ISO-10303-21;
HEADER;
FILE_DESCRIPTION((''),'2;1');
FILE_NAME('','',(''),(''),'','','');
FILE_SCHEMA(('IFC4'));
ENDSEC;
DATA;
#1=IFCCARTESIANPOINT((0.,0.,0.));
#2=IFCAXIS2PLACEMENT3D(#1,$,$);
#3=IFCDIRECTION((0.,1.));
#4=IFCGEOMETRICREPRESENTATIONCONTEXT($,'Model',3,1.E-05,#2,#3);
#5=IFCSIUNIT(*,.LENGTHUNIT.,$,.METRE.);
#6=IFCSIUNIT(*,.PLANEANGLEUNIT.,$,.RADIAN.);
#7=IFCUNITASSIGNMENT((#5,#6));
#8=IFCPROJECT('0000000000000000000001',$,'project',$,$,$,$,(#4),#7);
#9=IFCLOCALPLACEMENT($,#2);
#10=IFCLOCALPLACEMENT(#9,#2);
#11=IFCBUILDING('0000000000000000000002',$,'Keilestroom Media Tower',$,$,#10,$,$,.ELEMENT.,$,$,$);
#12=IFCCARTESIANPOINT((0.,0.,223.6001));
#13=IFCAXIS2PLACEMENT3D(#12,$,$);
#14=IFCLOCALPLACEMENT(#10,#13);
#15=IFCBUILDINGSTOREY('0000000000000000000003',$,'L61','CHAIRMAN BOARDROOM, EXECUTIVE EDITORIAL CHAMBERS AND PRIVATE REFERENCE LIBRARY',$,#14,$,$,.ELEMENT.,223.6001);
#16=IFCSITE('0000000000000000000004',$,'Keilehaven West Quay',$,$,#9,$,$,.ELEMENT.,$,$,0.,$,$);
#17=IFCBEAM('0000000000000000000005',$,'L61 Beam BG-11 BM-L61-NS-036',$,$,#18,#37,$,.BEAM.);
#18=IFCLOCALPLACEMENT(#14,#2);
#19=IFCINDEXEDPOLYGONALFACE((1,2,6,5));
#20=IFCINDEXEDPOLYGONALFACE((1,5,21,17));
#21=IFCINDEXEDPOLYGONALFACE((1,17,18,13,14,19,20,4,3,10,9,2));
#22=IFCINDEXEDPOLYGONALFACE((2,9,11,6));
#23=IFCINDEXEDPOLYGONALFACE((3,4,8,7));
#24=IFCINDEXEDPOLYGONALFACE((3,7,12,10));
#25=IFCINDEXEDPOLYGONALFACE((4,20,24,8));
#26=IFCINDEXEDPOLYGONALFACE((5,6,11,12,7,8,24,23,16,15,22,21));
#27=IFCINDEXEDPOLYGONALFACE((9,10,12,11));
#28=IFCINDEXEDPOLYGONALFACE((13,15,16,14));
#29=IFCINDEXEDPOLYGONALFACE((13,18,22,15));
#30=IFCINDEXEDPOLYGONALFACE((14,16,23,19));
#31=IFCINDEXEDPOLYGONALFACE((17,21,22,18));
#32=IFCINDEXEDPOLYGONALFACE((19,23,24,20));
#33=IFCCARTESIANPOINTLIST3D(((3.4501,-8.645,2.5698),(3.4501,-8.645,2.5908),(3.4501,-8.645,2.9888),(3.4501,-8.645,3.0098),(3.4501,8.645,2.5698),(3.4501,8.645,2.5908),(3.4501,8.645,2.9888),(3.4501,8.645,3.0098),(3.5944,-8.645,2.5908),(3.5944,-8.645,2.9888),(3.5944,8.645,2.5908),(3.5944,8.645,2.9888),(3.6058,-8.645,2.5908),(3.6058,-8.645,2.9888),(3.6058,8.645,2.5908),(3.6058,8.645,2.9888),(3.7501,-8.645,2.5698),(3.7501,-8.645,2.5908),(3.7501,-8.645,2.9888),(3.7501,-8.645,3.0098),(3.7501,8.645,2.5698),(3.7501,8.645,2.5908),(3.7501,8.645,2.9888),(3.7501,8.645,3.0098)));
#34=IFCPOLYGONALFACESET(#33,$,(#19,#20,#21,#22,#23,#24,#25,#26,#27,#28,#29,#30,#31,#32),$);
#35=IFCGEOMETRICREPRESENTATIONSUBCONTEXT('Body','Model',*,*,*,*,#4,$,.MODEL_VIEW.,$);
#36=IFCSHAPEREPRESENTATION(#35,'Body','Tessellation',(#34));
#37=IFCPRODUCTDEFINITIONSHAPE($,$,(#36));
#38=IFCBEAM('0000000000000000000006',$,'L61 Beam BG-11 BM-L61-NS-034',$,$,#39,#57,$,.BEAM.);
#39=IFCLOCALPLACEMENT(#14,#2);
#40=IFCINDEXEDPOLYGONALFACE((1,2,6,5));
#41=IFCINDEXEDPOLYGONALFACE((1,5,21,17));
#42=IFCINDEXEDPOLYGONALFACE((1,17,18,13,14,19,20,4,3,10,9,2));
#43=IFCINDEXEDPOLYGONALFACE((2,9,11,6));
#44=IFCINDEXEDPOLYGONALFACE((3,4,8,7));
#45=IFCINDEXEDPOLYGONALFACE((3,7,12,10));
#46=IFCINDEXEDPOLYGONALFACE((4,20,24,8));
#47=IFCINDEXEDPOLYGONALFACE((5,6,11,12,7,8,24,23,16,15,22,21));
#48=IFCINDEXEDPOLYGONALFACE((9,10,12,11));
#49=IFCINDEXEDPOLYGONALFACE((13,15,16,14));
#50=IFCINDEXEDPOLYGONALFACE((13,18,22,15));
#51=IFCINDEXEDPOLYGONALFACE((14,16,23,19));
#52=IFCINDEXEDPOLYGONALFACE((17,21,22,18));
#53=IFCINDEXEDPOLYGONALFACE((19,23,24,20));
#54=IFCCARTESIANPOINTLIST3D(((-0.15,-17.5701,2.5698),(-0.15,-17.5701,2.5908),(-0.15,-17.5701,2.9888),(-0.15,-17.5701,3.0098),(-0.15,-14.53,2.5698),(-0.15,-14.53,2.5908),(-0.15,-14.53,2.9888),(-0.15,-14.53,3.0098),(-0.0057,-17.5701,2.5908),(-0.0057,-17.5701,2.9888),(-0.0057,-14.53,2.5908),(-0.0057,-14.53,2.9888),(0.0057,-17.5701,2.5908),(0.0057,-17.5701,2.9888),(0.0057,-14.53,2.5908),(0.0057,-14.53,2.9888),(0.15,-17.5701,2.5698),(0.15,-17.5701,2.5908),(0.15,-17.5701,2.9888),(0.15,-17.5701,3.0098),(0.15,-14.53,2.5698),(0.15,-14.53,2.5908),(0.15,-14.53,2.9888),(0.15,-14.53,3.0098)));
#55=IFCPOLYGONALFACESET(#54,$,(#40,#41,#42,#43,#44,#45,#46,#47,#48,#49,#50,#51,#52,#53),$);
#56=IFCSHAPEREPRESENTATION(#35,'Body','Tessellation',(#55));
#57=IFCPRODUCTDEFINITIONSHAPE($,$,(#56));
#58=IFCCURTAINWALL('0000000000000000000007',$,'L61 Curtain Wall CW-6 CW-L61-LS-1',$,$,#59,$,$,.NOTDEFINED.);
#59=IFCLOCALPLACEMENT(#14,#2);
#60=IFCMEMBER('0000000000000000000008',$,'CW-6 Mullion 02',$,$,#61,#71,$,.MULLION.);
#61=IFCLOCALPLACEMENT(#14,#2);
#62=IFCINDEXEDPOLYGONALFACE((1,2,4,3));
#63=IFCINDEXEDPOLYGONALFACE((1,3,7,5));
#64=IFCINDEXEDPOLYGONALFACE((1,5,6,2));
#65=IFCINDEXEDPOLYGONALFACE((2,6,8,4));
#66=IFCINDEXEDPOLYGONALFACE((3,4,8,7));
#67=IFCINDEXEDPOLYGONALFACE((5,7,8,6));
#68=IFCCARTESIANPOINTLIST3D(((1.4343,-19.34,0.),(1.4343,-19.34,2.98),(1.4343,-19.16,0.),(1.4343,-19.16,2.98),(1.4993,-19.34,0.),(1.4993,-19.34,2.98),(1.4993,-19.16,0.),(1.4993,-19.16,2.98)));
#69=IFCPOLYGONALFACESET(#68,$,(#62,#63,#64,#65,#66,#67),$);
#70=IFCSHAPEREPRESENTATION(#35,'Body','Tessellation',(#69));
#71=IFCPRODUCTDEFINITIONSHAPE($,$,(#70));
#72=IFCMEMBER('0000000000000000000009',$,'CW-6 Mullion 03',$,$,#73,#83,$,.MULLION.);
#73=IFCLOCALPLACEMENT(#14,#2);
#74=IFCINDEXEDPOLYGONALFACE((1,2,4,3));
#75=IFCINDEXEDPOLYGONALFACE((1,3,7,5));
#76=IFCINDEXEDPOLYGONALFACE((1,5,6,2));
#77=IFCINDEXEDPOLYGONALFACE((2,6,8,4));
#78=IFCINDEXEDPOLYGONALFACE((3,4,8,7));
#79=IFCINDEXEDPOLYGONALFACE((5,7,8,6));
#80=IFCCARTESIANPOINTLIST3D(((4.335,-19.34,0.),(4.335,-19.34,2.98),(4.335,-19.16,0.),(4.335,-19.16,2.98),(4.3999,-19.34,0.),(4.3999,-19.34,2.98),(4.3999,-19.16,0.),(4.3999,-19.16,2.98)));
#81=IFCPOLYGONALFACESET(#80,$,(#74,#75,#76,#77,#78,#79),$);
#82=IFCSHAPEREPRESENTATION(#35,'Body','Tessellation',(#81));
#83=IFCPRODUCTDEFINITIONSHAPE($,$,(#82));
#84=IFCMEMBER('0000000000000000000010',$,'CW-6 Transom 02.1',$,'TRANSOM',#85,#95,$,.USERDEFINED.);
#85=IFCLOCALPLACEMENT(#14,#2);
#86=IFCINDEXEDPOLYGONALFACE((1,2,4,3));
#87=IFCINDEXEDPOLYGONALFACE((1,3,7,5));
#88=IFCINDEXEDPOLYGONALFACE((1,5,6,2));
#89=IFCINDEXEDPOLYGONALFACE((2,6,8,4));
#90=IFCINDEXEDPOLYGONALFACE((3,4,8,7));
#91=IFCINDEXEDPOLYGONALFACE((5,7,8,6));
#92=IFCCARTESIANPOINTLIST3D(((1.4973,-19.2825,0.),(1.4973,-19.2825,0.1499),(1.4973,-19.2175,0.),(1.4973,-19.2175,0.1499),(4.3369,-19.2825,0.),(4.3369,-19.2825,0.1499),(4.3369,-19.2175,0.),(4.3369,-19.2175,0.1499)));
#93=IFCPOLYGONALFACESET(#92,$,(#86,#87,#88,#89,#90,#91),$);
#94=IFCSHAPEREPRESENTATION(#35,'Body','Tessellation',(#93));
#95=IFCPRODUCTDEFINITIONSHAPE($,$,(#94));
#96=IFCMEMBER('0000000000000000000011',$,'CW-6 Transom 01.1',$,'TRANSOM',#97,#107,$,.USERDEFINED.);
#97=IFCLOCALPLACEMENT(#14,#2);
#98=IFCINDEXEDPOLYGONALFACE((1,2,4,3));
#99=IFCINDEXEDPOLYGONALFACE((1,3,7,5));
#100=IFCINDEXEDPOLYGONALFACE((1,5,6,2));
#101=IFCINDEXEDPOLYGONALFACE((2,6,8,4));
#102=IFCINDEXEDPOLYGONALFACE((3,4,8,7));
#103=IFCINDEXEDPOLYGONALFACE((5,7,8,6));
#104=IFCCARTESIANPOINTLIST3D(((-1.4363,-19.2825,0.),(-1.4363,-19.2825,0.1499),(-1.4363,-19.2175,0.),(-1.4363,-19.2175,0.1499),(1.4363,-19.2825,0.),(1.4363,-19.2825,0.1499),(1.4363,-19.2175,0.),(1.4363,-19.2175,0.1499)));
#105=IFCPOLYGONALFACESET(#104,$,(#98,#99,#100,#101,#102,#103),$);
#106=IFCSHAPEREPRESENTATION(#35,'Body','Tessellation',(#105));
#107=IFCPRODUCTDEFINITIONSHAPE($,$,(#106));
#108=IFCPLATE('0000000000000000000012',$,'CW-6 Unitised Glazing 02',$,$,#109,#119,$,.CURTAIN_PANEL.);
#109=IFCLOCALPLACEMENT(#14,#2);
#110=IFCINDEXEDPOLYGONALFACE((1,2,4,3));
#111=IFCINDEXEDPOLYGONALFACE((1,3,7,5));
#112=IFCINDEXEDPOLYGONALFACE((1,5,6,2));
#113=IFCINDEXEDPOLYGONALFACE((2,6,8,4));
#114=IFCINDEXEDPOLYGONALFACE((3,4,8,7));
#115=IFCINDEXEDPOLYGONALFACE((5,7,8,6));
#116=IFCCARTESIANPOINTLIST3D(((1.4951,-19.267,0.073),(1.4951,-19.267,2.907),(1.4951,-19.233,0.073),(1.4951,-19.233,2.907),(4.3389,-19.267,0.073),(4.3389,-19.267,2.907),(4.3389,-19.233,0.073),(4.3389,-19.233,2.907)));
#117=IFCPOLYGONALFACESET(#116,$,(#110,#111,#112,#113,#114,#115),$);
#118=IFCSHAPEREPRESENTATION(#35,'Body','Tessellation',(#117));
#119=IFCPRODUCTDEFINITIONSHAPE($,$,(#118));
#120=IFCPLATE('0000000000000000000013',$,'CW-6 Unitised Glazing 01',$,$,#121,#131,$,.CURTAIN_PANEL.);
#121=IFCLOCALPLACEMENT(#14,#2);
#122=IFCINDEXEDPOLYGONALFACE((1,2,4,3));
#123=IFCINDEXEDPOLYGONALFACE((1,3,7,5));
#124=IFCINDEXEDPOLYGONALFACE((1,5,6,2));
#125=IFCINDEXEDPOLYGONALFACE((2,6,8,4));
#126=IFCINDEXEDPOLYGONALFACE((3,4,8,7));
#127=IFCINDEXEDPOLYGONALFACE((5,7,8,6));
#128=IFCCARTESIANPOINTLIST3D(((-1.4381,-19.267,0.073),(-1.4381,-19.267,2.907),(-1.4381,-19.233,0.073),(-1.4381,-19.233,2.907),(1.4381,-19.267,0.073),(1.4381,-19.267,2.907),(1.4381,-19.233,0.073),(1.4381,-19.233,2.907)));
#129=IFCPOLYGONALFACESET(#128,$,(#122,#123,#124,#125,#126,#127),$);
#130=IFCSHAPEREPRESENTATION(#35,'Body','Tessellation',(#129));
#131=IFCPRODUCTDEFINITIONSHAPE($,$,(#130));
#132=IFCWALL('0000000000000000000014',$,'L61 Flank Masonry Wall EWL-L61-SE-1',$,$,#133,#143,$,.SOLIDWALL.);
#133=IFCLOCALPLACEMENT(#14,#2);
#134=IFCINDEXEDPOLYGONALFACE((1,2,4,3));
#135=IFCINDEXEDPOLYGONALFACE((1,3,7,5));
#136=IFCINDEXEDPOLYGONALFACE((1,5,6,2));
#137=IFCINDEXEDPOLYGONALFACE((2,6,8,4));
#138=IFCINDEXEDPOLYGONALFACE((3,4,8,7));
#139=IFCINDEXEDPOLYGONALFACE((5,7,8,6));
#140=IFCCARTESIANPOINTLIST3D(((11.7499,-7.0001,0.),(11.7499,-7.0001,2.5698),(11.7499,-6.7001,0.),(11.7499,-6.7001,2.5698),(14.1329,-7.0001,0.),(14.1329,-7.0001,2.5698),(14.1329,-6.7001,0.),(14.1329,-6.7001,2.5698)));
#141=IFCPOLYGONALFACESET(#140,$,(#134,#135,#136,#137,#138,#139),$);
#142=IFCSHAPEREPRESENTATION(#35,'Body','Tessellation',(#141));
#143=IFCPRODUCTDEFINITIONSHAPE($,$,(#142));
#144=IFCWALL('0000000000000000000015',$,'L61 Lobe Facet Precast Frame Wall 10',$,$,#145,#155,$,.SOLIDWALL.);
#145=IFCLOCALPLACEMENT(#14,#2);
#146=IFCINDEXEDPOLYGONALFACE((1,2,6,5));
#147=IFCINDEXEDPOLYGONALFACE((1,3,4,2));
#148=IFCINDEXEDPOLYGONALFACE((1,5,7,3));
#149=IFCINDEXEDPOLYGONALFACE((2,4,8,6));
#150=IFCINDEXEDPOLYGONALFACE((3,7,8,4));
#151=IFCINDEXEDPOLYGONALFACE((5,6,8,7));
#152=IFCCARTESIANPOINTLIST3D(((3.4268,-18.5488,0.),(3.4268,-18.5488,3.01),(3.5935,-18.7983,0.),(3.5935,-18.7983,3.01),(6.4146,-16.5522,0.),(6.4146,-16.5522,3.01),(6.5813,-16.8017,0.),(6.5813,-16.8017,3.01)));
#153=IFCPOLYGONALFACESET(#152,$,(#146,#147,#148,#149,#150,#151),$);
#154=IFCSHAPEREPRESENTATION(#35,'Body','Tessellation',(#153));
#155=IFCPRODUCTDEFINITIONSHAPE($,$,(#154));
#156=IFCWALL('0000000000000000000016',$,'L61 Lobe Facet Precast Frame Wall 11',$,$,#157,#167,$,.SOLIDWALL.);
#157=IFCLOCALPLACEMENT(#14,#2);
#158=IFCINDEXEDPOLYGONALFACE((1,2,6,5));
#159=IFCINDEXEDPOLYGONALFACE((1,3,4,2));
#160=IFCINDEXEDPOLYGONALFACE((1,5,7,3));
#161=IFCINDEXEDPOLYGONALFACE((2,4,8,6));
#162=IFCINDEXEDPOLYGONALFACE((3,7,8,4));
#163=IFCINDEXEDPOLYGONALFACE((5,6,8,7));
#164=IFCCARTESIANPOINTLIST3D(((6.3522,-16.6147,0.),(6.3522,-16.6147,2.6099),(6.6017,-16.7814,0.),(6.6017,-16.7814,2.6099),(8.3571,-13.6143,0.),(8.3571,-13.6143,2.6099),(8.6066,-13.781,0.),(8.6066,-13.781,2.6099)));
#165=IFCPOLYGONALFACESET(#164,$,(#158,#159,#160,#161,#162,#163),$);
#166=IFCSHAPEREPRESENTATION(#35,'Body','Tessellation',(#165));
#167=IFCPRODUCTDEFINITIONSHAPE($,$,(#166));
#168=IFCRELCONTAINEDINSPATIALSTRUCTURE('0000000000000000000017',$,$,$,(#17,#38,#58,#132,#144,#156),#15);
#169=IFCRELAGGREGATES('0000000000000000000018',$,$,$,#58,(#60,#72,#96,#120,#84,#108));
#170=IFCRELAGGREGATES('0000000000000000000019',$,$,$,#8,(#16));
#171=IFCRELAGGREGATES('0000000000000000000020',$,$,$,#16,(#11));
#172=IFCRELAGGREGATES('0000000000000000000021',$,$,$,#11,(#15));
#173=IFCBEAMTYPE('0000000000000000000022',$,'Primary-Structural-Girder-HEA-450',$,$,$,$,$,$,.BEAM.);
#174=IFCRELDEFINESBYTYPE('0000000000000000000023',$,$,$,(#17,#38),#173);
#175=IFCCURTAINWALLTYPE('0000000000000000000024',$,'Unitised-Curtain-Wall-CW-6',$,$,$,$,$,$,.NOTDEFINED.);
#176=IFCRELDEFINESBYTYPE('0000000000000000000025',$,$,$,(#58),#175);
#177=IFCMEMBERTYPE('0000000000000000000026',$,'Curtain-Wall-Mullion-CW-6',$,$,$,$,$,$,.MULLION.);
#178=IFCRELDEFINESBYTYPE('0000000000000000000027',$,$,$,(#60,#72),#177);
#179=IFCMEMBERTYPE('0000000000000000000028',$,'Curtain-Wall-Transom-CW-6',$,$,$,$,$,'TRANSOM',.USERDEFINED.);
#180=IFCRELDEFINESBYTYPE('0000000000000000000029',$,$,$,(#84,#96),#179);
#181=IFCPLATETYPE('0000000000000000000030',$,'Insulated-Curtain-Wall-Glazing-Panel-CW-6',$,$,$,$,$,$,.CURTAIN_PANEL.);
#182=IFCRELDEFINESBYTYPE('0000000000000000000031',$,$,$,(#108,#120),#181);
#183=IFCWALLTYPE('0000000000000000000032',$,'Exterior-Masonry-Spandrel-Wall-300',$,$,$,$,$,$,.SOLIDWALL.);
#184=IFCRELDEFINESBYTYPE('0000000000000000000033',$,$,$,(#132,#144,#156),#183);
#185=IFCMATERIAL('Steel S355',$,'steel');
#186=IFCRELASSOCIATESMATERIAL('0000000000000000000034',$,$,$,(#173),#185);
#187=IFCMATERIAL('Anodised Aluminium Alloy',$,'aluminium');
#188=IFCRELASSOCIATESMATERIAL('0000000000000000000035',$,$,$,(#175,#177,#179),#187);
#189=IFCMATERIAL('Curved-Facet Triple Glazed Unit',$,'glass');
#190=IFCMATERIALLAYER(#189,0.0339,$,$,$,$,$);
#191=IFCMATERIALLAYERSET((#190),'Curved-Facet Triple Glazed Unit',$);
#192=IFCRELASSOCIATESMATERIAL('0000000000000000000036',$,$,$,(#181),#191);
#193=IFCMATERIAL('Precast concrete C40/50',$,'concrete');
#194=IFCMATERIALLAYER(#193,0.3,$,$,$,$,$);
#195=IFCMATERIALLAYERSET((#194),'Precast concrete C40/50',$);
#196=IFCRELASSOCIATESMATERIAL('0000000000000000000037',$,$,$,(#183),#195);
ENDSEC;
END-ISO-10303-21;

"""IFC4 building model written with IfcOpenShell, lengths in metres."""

from ifc_helpers import new_model, si_unit, direction, frame, frame_2d, origin, origin_2d, place, context, subcontext, project, spatial, rectangle, i_section, extrude, source, transform, mapped, material, layer, layer_set, material_profile, profile_set, type_object, element, aggregate, save


model = new_model("IFC4")

# Units and contexts
model_context = context("Model", 3, precision=1e-05, world=origin(), true_north=direction((0.0, 1.0)))
body_context = subcontext(model_context, "Body", "Model", "MODEL_VIEW")
ifc_project = project(units=[si_unit("LENGTHUNIT", "METRE"), si_unit("PLANEANGLEUNIT", "RADIAN")], contexts=[model_context])

# Site, building, storey
site_placement = place(None, origin())
site = spatial("IfcSite", under=ifc_project, at=site_placement, Name="Keilehaven West Quay", CompositionType="ELEMENT", RefElevation=0.0)
building_placement = place(site_placement, origin())
building = spatial("IfcBuilding", under=site, at=building_placement, Name="Keilestroom Media Tower", CompositionType="ELEMENT")
storey_placement = place(building_placement, frame((0.0, 0.0, 223.6001)))
storey = spatial("IfcBuildingStorey", under=building, at=storey_placement, Name="L61", Description="CHAIRMAN BOARDROOM, EXECUTIVE EDITORIAL CHAMBERS AND PRIVATE REFERENCE LIBRARY", CompositionType="ELEMENT", Elevation=223.6001)

# Shared definitions
ifc_material_1 = material(Name="Precast concrete C40/50", Category="concrete")
ifc_material_2 = material(Name="Steel S355", Category="steel")

# Beams
ifc_material_profile_1 = material_profile(ifc_material_2, i_section(OverallWidth=0.3, OverallDepth=0.4399, WebThickness=0.0115, FlangeThickness=0.021, at=origin_2d()), Name="HEA 450")
ifc_profile_set_1 = profile_set([ifc_material_profile_1], Name="Steel S355")
beam_type_1 = type_object("IfcBeamType", Name="Primary-Structural-Girder-HEA-450", PredefinedType="BEAM", material=ifc_profile_set_1)
shared_shape_1 = source(origin(), body_context, "Body", "SweptSolid", [
    extrude(i_section(OverallWidth=0.3, OverallDepth=0.4399, WebThickness=0.0115, FlangeThickness=0.021, at=origin_2d()), origin(), (0.0, 0.0, 1.0), 17.29),
])
beam_1_placement = place(storey_placement, frame((3.6001, -8.645, 2.7898), z_axis=(0.0, 1.0, 0.0), x_axis=(-1.0, 0.0, 0.0)))
element("IfcBeam", 1, at=beam_1_placement, inside=storey, type_object=beam_type_1, Name="L61 Beam BG-11 BM-L61-NS-036", PredefinedType="BEAM", context=body_context, shape_type="MappedRepresentation", body=[
    mapped(shared_shape_1, transform((0.0, 0.0, 0.0), x_axis=(1.0, 0.0, 0.0), y_axis=(0.0, 1.0, 0.0), z_axis=(0.0, 0.0, 1.0), scale=1.0)),
])
shared_shape_2 = source(origin(), body_context, "Body", "SweptSolid", [
    extrude(i_section(OverallWidth=0.3, OverallDepth=0.4399, WebThickness=0.0115, FlangeThickness=0.021, at=origin_2d()), origin(), (0.0, 0.0, 1.0), 3.04),
])
beam_2_placement = place(storey_placement, frame((0.0, -17.5701, 2.7898), z_axis=(0.0, 1.0, 0.0), x_axis=(-1.0, 0.0, 0.0)))
element("IfcBeam", 2, at=beam_2_placement, inside=storey, type_object=beam_type_1, Name="L61 Beam BG-11 BM-L61-NS-034", PredefinedType="BEAM", context=body_context, shape_type="MappedRepresentation", body=[
    mapped(shared_shape_2, transform((0.0, 0.0, 0.0), x_axis=(1.0, 0.0, 0.0), y_axis=(0.0, 1.0, 0.0), z_axis=(0.0, 0.0, 1.0), scale=1.0)),
])

# Curtain wall, members, plates
ifc_material_3 = material(Name="Anodised Aluminium Alloy", Category="aluminium")
curtain_wall_type = type_object("IfcCurtainWallType", Name="Unitised-Curtain-Wall-CW-6", PredefinedType="NOTDEFINED", material=ifc_material_3)
curtain_wall_placement = place(storey_placement, origin())
curtain_wall = element("IfcCurtainWall", 3, at=curtain_wall_placement, inside=storey, type_object=curtain_wall_type, Name="L61 Curtain Wall CW-6 CW-L61-LS-1", PredefinedType="NOTDEFINED")
ifc_material_profile_2 = material_profile(ifc_material_3, rectangle(XDim=0.0649, YDim=0.1799, at=origin_2d()), Name="ALU MULLION 65x180")
ifc_profile_set_2 = profile_set([ifc_material_profile_2], Name="Anodised Aluminium Alloy")
member_type_1 = type_object("IfcMemberType", Name="Curtain-Wall-Mullion-CW-6", PredefinedType="MULLION", material=ifc_profile_set_2)
shared_shape_3 = source(origin(), body_context, "Body", "SweptSolid", [
    extrude(rectangle(XDim=0.0649, YDim=0.1799, at=origin_2d()), origin(), (0.0, 0.0, 1.0), 2.98),
])
member_1_placement = place(storey_placement, frame((1.4668, -19.25, 0.0), z_axis=(0.0, 0.0, 1.0), x_axis=(1.0, 0.0, 0.0)))
member_1 = element("IfcMember", 4, at=member_1_placement, type_object=member_type_1, Name="CW-6 Mullion 02", PredefinedType="MULLION", context=body_context, shape_type="MappedRepresentation", body=[
    mapped(shared_shape_3, transform((0.0, 0.0, 0.0), x_axis=(1.0, 0.0, 0.0), y_axis=(0.0, 1.0, 0.0), z_axis=(0.0, 0.0, 1.0), scale=1.0)),
])
member_2_placement = place(storey_placement, frame((4.3674, -19.25, 0.0), z_axis=(0.0, 0.0, 1.0), x_axis=(1.0, 0.0, 0.0)))
member_2 = element("IfcMember", 5, at=member_2_placement, type_object=member_type_1, Name="CW-6 Mullion 03", PredefinedType="MULLION", context=body_context, shape_type="MappedRepresentation", body=[
    mapped(shared_shape_3, transform((0.0, 0.0, 0.0), x_axis=(1.0, 0.0, 0.0), y_axis=(0.0, 1.0, 0.0), z_axis=(0.0, 0.0, 1.0), scale=1.0)),
])
ifc_material_profile_3 = material_profile(ifc_material_3, rectangle(XDim=0.0649, YDim=0.1499, at=origin_2d()), Name="ALU TRANSOM 65x150")
ifc_profile_set_3 = profile_set([ifc_material_profile_3], Name="Anodised Aluminium Alloy")
member_type_2 = type_object("IfcMemberType", Name="Curtain-Wall-Transom-CW-6", ElementType="TRANSOM", PredefinedType="USERDEFINED", material=ifc_profile_set_3)
shared_shape_4 = source(origin(), body_context, "Body", "SweptSolid", [
    extrude(rectangle(XDim=0.0649, YDim=0.1499, at=origin_2d()), origin(), (0.0, 0.0, 1.0), 2.8396),
])
member_3_placement = place(storey_placement, frame((1.4973, -19.25, 0.075), z_axis=(1.0, 0.0, 0.0), x_axis=(0.0, 1.0, 0.0)))
member_3 = element("IfcMember", 6, at=member_3_placement, type_object=member_type_2, Name="CW-6 Transom 02.1", ObjectType="TRANSOM", PredefinedType="USERDEFINED", context=body_context, shape_type="MappedRepresentation", body=[
    mapped(shared_shape_4, transform((0.0, 0.0, 0.0), x_axis=(1.0, 0.0, 0.0), y_axis=(0.0, 1.0, 0.0), z_axis=(0.0, 0.0, 1.0), scale=1.0)),
])
shared_shape_5 = source(origin(), body_context, "Body", "SweptSolid", [
    extrude(rectangle(XDim=0.0649, YDim=0.1499, at=origin_2d()), origin(), (0.0, 0.0, 1.0), 2.8726),
])
member_4_placement = place(storey_placement, frame((-1.4363, -19.25, 0.075), z_axis=(1.0, 0.0, 0.0), x_axis=(0.0, 1.0, 0.0)))
member_4 = element("IfcMember", 7, at=member_4_placement, type_object=member_type_2, Name="CW-6 Transom 01.1", ObjectType="TRANSOM", PredefinedType="USERDEFINED", context=body_context, shape_type="MappedRepresentation", body=[
    mapped(shared_shape_5, transform((0.0, 0.0, 0.0), x_axis=(1.0, 0.0, 0.0), y_axis=(0.0, 1.0, 0.0), z_axis=(0.0, 0.0, 1.0), scale=1.0)),
])
ifc_material_4 = material(Name="Curved-Facet Triple Glazed Unit", Category="glass")
ifc_layer_1 = layer(ifc_material_4, 0.0339)
ifc_layer_set_1 = layer_set([ifc_layer_1], Name="Curved-Facet Triple Glazed Unit")
plate_type = type_object("IfcPlateType", Name="Insulated-Curtain-Wall-Glazing-Panel-CW-6", PredefinedType="CURTAIN_PANEL", material=ifc_layer_set_1)
shared_shape_6 = source(origin(), body_context, "Body", "SweptSolid", [
    extrude(rectangle(XDim=2.8438, YDim=0.0339, at=origin_2d()), origin(), (0.0, 0.0, 1.0), 2.834),
])
plate_1_placement = place(storey_placement, frame((2.917, -19.25, 0.073), z_axis=(0.0, 0.0, 1.0), x_axis=(1.0, 0.0, 0.0)))
plate_1 = element("IfcPlate", 8, at=plate_1_placement, type_object=plate_type, Name="CW-6 Unitised Glazing 02", PredefinedType="CURTAIN_PANEL", context=body_context, shape_type="MappedRepresentation", body=[
    mapped(shared_shape_6, transform((0.0, 0.0, 0.0), x_axis=(1.0, 0.0, 0.0), y_axis=(0.0, 1.0, 0.0), z_axis=(0.0, 0.0, 1.0), scale=1.0)),
])
shared_shape_7 = source(origin(), body_context, "Body", "SweptSolid", [
    extrude(rectangle(XDim=2.8762, YDim=0.0339, at=origin_2d()), origin(), (0.0, 0.0, 1.0), 2.834),
])
plate_2_placement = place(storey_placement, frame((0.0, -19.25, 0.073), z_axis=(0.0, 0.0, 1.0), x_axis=(1.0, 0.0, 0.0)))
plate_2 = element("IfcPlate", 9, at=plate_2_placement, type_object=plate_type, Name="CW-6 Unitised Glazing 01", PredefinedType="CURTAIN_PANEL", context=body_context, shape_type="MappedRepresentation", body=[
    mapped(shared_shape_7, transform((0.0, 0.0, 0.0), x_axis=(1.0, 0.0, 0.0), y_axis=(0.0, 1.0, 0.0), z_axis=(0.0, 0.0, 1.0), scale=1.0)),
])
aggregate(curtain_wall, [member_1, member_2, member_4, plate_2, member_3, plate_1])

# Walls
ifc_layer_2 = layer(ifc_material_1, 0.3)
ifc_layer_set_2 = layer_set([ifc_layer_2], Name="Precast concrete C40/50")
wall_type_1 = type_object("IfcWallType", Name="Exterior-Masonry-Spandrel-Wall-300", PredefinedType="SOLIDWALL", material=ifc_layer_set_2)
wall_1_placement = place(storey_placement, frame((11.75, -6.8501, 0.0), z_axis=(0.0, 0.0, 1.0), x_axis=(1.0, 0.0, 0.0)))
element("IfcWall", 10, at=wall_1_placement, inside=storey, type_object=wall_type_1, Name="L61 Flank Masonry Wall EWL-L61-SE-1", PredefinedType="SOLIDWALL", context=body_context, shape_type="SweptSolid", body=[
    extrude(rectangle(XDim=2.3831, YDim=0.3, at=frame_2d((1.1914, 0.0))), origin(), (0.0, 0.0, 1.0), 2.5698),
])
wall_2_placement = place(storey_placement, frame((3.51, -18.6736, 0.0), z_axis=(0.0, 0.0, 1.0), x_axis=(0.831444, 0.555609, 0.0)))
element("IfcWall", 11, at=wall_2_placement, inside=storey, type_object=wall_type_1, Name="L61 Lobe Facet Precast Frame Wall 10", PredefinedType="SOLIDWALL", context=body_context, shape_type="SweptSolid", body=[
    extrude(rectangle(XDim=3.5935, YDim=0.3, at=frame_2d((1.7969, 0.0))), origin(), (0.0, 0.0, 1.0), 3.01),
])
wall_3_placement = place(storey_placement, frame((6.4771, -16.698, 0.0), z_axis=(0.0, 0.0, 1.0), x_axis=(0.555574, 0.831467, 0.0)))
element("IfcWall", 12, at=wall_3_placement, inside=storey, type_object=wall_type_1, Name="L61 Lobe Facet Precast Frame Wall 11", PredefinedType="SOLIDWALL", context=body_context, shape_type="SweptSolid", body=[
    extrude(rectangle(XDim=3.6086, YDim=0.3, at=frame_2d((1.8042, 0.0))), origin(), (0.0, 0.0, 1.0), 2.6099),
])

save(model, "model.ifc")
